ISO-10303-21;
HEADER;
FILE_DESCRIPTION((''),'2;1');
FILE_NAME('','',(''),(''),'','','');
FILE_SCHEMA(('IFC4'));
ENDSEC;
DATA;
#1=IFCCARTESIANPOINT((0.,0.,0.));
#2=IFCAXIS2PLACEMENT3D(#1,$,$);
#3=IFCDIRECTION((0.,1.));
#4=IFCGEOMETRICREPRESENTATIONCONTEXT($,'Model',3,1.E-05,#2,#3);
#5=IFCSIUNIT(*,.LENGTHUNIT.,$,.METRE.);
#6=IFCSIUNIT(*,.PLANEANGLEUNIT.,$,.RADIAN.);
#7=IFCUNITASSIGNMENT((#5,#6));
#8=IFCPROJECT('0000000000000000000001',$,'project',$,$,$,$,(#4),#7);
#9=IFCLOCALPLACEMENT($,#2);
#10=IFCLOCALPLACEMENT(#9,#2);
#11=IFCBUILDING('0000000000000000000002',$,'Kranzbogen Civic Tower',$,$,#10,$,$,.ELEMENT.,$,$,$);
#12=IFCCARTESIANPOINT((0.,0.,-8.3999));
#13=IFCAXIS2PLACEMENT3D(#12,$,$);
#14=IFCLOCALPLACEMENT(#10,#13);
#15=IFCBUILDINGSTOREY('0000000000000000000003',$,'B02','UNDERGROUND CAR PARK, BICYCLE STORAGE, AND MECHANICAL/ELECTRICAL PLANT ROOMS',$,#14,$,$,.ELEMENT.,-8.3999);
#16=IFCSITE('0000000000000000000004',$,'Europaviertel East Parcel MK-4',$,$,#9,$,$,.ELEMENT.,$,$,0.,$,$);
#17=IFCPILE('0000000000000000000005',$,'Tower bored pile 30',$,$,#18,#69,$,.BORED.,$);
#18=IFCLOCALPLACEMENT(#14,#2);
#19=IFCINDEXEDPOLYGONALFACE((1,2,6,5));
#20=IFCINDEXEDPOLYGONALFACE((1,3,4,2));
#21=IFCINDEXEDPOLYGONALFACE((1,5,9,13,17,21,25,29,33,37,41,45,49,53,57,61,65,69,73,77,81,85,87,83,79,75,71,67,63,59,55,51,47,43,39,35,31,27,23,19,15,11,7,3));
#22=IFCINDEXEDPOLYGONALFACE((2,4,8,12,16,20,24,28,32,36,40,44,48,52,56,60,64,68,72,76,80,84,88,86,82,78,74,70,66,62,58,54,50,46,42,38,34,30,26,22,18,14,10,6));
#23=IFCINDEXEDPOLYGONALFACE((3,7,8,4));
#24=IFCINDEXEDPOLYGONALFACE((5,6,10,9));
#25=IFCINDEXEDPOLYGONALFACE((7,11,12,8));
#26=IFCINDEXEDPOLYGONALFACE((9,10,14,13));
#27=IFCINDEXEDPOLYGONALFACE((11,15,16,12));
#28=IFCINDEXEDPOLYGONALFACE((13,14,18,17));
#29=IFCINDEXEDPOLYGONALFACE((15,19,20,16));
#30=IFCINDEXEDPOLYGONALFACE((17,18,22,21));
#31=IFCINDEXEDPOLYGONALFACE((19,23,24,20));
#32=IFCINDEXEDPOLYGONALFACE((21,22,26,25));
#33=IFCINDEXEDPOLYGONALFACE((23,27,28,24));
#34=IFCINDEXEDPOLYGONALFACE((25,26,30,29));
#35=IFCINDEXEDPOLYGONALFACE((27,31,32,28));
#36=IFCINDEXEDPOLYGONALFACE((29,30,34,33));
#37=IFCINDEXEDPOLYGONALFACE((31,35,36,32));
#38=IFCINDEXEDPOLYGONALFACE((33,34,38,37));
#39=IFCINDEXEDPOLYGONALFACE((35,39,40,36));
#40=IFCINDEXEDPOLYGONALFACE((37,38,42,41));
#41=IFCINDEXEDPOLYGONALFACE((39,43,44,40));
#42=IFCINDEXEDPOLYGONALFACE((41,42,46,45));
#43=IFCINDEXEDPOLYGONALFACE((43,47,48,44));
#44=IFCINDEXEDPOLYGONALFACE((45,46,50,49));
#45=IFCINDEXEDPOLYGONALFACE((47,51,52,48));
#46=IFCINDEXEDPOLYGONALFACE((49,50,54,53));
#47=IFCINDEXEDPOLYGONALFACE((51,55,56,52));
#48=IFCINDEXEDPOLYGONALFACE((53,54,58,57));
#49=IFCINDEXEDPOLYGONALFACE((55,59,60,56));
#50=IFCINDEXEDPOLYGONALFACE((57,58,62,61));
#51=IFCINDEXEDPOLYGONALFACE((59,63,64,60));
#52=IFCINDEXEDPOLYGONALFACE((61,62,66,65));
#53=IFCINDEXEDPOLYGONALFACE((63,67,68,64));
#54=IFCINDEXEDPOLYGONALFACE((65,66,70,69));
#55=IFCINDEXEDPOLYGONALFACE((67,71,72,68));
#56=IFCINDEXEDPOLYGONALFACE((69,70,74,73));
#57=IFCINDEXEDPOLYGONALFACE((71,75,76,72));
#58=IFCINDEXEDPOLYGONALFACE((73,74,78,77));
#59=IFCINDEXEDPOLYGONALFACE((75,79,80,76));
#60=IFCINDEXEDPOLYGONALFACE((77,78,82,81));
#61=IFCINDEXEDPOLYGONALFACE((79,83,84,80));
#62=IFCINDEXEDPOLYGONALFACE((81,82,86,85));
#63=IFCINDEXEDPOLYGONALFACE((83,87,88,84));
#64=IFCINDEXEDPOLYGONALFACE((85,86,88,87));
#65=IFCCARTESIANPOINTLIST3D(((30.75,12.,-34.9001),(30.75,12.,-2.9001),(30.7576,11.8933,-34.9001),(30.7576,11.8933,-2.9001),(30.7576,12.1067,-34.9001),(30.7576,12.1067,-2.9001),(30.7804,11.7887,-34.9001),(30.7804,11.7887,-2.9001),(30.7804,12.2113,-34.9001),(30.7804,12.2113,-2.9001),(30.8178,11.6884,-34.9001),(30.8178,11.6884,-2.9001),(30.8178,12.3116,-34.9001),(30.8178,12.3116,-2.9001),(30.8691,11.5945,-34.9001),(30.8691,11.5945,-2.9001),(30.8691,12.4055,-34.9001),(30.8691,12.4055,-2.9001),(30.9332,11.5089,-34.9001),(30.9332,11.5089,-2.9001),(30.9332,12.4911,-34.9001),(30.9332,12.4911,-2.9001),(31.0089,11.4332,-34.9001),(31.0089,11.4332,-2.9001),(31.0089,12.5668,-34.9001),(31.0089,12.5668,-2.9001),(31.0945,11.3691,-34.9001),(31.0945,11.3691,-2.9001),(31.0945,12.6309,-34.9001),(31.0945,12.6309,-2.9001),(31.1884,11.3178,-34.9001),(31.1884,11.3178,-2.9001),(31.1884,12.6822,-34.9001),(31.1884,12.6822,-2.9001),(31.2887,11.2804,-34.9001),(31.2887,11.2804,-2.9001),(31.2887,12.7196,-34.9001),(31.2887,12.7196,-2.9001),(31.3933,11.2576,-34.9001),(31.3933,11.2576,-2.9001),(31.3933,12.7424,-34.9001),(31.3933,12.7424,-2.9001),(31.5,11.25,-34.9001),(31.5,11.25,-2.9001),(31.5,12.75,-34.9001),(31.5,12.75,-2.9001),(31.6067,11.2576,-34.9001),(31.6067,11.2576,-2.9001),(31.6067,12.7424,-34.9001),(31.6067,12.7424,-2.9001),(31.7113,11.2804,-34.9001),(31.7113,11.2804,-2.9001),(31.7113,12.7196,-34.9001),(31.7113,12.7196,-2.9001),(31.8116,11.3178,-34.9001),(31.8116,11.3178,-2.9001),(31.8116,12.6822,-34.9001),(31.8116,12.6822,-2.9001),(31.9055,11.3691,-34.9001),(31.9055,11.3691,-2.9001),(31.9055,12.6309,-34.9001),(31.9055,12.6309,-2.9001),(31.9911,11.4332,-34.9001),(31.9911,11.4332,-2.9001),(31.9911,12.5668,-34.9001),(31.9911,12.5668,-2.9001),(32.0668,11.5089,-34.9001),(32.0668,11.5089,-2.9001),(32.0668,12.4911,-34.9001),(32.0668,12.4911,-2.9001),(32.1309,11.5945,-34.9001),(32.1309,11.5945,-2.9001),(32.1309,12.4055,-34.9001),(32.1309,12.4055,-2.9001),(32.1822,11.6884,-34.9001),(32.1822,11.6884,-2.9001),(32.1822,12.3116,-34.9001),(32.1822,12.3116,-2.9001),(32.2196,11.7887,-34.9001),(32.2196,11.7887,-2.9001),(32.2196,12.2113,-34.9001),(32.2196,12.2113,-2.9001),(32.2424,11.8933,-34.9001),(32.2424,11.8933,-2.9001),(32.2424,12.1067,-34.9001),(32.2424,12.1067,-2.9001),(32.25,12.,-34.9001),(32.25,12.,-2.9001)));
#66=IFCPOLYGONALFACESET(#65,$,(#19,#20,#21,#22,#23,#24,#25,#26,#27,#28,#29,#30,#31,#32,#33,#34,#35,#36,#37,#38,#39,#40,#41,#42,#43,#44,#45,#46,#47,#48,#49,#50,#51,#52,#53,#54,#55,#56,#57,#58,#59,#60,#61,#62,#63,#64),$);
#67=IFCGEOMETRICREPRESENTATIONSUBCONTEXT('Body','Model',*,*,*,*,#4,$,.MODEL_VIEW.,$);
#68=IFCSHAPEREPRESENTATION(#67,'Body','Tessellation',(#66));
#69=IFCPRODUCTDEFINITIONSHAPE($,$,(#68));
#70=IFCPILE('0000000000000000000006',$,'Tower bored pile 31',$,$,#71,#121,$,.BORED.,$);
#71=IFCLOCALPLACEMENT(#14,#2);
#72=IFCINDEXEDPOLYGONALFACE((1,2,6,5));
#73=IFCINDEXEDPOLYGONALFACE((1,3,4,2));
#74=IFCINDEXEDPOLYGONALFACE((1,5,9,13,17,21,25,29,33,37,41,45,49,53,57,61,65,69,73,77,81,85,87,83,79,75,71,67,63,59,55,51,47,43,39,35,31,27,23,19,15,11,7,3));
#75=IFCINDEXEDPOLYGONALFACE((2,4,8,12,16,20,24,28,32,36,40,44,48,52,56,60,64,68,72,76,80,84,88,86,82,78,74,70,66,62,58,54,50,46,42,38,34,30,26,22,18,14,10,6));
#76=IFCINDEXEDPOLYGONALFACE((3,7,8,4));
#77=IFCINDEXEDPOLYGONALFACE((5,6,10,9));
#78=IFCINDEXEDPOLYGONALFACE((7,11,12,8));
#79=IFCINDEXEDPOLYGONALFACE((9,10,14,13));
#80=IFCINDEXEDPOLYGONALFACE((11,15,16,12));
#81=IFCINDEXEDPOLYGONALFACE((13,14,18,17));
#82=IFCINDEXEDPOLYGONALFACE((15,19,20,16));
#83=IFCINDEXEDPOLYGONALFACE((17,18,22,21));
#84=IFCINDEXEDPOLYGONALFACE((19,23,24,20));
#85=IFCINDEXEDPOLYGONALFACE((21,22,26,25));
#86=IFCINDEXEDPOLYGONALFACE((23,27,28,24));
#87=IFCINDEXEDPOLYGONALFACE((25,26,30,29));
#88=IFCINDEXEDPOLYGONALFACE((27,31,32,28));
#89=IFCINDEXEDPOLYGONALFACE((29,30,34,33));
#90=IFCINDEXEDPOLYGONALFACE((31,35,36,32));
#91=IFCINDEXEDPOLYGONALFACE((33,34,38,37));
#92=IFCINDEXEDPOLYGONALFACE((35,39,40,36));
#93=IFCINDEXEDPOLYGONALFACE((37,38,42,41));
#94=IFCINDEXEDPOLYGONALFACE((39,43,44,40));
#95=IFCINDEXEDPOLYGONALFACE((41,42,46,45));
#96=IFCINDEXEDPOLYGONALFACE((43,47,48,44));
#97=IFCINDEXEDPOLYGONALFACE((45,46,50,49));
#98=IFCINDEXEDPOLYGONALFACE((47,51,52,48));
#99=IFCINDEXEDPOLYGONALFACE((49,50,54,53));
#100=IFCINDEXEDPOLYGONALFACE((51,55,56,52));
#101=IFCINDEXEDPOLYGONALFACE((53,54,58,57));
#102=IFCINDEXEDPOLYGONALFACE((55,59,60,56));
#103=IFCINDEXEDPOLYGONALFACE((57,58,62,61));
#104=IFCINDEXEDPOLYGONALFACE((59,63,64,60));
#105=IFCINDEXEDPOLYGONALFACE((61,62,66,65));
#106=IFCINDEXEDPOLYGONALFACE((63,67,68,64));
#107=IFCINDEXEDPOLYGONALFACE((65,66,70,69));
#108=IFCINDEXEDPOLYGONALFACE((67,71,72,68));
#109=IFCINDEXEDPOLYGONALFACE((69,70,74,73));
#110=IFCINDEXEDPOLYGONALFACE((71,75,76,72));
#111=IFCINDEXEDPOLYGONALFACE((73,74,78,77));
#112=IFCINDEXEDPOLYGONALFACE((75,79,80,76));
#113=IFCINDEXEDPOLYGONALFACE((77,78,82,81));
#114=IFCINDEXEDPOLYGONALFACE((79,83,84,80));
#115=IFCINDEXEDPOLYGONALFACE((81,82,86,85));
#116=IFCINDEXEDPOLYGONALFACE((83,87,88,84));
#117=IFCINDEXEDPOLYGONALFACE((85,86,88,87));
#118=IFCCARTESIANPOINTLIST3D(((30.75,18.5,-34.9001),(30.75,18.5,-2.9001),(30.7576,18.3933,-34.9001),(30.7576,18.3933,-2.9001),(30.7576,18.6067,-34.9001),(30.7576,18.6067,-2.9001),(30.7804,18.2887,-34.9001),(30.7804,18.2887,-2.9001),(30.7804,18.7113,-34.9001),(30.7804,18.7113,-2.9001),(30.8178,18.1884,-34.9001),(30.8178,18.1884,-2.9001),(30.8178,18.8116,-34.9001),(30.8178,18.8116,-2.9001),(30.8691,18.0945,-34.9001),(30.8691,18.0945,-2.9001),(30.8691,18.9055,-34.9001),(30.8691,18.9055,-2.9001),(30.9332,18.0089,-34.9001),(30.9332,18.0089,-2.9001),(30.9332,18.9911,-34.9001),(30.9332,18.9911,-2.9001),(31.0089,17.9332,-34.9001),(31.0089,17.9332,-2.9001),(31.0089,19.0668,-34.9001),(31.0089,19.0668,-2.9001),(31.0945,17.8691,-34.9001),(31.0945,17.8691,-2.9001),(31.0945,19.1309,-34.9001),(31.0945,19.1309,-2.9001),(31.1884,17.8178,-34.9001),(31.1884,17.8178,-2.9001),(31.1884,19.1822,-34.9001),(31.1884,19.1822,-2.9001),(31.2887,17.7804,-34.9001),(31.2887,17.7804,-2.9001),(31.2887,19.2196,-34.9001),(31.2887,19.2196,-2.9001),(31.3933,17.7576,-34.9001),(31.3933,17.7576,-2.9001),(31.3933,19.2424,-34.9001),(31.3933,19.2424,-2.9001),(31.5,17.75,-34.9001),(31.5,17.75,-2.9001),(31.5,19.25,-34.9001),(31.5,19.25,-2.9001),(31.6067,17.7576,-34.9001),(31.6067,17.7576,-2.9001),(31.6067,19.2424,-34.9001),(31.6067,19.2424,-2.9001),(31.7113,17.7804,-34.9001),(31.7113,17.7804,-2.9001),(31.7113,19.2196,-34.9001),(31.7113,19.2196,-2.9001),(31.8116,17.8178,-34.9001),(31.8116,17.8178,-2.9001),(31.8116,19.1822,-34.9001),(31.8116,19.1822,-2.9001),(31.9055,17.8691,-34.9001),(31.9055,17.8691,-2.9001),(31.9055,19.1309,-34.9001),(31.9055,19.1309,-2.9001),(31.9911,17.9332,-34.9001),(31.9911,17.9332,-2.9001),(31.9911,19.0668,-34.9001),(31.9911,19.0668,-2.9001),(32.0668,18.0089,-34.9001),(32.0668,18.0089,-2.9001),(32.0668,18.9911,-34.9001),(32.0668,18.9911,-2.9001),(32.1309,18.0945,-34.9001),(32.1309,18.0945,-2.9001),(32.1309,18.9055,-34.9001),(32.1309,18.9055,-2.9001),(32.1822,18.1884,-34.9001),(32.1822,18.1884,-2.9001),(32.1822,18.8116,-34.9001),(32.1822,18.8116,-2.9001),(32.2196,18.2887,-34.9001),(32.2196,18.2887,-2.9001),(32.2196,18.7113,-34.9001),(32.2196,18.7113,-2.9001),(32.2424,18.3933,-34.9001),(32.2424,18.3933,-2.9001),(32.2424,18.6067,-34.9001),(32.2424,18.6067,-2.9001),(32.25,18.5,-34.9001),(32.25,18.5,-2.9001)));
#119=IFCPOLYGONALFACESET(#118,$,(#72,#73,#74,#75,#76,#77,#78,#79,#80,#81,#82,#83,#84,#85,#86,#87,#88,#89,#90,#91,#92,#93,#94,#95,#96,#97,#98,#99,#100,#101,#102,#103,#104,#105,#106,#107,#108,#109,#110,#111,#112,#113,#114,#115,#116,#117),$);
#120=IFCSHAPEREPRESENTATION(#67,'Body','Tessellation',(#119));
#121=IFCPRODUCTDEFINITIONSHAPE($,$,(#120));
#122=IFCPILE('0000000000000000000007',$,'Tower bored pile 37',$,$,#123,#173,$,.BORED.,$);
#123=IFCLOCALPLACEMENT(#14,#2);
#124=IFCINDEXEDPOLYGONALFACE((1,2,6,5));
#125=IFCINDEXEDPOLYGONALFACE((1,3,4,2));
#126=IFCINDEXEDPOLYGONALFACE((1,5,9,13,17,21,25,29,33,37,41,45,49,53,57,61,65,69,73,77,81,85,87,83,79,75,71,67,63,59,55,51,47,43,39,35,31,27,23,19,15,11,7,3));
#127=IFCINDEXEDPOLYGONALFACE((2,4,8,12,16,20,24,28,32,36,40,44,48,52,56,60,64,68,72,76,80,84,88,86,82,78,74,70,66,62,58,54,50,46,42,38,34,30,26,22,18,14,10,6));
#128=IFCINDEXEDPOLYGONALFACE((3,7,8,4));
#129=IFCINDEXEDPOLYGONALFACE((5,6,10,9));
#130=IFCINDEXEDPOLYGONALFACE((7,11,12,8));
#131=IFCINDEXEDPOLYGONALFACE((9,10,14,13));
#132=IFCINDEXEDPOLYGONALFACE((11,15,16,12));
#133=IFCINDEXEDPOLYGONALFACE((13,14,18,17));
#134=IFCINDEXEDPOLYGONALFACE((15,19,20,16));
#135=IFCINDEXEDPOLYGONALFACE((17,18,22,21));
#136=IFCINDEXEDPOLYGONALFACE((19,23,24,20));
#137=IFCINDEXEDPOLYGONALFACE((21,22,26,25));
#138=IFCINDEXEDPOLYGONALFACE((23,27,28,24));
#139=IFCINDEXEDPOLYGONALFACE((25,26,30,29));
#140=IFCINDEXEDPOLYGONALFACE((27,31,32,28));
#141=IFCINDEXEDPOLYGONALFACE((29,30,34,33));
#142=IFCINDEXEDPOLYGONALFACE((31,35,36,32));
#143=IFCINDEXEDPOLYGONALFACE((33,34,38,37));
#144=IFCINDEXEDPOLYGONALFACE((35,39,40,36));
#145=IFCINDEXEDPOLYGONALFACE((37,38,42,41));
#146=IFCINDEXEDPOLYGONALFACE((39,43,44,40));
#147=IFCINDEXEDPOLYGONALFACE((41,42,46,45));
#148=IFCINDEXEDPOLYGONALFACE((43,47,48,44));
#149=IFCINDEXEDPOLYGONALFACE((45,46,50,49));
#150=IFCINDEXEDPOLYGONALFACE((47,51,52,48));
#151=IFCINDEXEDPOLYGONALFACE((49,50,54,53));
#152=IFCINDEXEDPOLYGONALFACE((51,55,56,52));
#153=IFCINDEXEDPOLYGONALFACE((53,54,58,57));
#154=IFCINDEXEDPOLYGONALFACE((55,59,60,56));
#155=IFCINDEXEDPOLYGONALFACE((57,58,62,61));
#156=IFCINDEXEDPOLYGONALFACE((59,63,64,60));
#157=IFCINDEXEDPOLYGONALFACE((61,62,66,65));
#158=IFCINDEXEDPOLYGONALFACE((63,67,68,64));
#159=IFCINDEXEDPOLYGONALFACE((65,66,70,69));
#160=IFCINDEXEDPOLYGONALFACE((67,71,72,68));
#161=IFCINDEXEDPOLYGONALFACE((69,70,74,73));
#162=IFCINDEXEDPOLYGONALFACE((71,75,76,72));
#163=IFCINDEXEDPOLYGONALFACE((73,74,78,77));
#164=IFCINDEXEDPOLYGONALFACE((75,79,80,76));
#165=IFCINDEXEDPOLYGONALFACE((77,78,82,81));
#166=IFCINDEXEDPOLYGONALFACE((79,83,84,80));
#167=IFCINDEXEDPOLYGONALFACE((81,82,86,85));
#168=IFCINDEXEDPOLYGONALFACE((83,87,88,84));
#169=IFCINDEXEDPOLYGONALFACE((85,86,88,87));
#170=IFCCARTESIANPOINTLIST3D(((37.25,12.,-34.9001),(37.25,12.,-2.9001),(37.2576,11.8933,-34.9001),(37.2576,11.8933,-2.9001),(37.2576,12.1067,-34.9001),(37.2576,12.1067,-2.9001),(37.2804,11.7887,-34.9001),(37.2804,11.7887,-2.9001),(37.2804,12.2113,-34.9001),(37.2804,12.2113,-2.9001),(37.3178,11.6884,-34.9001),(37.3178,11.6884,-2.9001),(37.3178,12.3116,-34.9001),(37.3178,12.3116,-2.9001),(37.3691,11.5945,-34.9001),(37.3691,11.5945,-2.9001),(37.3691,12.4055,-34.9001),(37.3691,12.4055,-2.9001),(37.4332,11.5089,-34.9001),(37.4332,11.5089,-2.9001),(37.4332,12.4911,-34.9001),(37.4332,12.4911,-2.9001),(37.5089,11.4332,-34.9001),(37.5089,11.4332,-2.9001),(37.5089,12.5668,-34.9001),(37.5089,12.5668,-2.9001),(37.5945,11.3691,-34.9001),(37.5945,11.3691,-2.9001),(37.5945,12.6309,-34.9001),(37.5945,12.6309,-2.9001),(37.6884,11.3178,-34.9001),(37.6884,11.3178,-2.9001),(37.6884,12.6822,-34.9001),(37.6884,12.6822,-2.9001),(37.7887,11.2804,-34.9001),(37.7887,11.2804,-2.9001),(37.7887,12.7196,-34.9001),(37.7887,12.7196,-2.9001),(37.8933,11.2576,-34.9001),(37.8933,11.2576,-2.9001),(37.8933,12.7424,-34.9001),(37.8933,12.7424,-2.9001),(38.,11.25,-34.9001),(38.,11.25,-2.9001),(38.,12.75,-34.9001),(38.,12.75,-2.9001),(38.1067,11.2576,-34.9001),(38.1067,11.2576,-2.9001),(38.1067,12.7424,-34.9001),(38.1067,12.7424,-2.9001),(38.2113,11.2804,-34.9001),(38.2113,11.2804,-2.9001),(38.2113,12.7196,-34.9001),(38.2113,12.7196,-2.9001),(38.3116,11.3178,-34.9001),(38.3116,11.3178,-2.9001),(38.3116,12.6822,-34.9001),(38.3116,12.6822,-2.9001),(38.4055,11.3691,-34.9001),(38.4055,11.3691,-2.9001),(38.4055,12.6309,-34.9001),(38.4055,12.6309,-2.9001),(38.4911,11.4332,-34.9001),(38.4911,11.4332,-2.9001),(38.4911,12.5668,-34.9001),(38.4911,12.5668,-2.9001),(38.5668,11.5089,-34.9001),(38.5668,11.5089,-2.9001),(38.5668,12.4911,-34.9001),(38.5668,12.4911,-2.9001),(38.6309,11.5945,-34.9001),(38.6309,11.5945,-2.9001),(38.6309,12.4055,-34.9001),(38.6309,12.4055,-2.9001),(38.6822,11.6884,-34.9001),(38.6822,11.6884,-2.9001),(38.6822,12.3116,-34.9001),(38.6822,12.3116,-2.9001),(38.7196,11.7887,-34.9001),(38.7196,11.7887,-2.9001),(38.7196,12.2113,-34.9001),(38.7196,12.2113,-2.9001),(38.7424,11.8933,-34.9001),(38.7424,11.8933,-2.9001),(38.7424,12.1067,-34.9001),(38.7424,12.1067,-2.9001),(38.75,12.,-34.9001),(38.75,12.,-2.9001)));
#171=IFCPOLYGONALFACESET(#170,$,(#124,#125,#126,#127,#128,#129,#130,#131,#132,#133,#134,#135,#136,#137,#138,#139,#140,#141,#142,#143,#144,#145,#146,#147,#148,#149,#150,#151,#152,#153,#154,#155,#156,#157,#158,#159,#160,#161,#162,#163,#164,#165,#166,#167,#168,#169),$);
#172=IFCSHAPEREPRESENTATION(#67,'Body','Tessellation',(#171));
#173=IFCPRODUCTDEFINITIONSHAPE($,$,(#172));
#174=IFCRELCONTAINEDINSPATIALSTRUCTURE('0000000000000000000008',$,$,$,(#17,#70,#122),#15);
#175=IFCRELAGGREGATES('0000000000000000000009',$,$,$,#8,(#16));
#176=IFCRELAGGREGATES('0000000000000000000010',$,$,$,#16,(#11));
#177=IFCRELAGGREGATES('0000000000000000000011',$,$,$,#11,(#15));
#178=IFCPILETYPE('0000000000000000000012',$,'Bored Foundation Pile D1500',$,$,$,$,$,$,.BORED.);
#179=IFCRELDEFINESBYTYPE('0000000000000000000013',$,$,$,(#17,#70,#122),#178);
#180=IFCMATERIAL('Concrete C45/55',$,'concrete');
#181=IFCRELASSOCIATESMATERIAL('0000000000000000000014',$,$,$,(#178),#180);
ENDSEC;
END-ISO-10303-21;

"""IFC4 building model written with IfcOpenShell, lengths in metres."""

from ifc_helpers import new_model, si_unit, direction, frame, origin, origin_2d, place, context, subcontext, project, spatial, circle, extrude, material, material_profile, profile_set, type_object, element, save


model = new_model("IFC4")

# Units and contexts
model_context = context("Model", 3, precision=1e-05, world=origin(), true_north=direction((0.0, 1.0)))
body_context = subcontext(model_context, "Body", "Model", "MODEL_VIEW")
ifc_project = project(units=[si_unit("LENGTHUNIT", "METRE"), si_unit("PLANEANGLEUNIT", "RADIAN")], contexts=[model_context])

# Site, building, storey
site_placement = place(None, origin())
site = spatial("IfcSite", under=ifc_project, at=site_placement, Name="Europaviertel East Parcel MK-4", CompositionType="ELEMENT", RefElevation=0.0)
building_placement = place(site_placement, origin())
building = spatial("IfcBuilding", under=site, at=building_placement, Name="Kranzbogen Civic Tower", CompositionType="ELEMENT")
storey_placement = place(building_placement, frame((0.0, 0.0, -8.3999)))
storey = spatial("IfcBuildingStorey", under=building, at=storey_placement, Name="B02", Description="UNDERGROUND CAR PARK, BICYCLE STORAGE, AND MECHANICAL/ELECTRICAL PLANT ROOMS", CompositionType="ELEMENT", Elevation=-8.3999)

# Piles
ifc_material_1 = material(Name="Concrete C45/55", Category="concrete")
ifc_material_profile_1 = material_profile(ifc_material_1, circle(Radius=0.75, at=origin_2d()), Name="PILE D1500")
ifc_profile_set_1 = profile_set([ifc_material_profile_1], Name="Concrete C45/55")
pile_type = type_object("IfcPileType", Name="Bored Foundation Pile D1500", PredefinedType="BORED", material=ifc_profile_set_1)
for number, where, z_axis, x_axis, name in (
    (1, (31.5, 12.0, -2.9001), (0.0, 0.0, -1.0), (1.0, 0.0, 0.0), "Tower bored pile 30"),
    (2, (31.5, 18.5, -2.9001), (0.0, 0.0, -1.0), (1.0, 0.0, 0.0), "Tower bored pile 31"),
    (3, (38.0, 12.0, -2.9001), (0.0, 0.0, -1.0), (1.0, 0.0, 0.0), "Tower bored pile 37"),
):
    element("IfcPile", number, at=place(storey_placement, frame(where, z_axis=z_axis, x_axis=x_axis)), inside=storey, type_object=pile_type, Name=name, PredefinedType="BORED", context=body_context, shape_type="SweptSolid", body=[
        extrude(circle(Radius=0.75, at=origin_2d()), origin(), (0.0, 0.0, 1.0), 32.0),
    ])

save(model, "model.ifc")
